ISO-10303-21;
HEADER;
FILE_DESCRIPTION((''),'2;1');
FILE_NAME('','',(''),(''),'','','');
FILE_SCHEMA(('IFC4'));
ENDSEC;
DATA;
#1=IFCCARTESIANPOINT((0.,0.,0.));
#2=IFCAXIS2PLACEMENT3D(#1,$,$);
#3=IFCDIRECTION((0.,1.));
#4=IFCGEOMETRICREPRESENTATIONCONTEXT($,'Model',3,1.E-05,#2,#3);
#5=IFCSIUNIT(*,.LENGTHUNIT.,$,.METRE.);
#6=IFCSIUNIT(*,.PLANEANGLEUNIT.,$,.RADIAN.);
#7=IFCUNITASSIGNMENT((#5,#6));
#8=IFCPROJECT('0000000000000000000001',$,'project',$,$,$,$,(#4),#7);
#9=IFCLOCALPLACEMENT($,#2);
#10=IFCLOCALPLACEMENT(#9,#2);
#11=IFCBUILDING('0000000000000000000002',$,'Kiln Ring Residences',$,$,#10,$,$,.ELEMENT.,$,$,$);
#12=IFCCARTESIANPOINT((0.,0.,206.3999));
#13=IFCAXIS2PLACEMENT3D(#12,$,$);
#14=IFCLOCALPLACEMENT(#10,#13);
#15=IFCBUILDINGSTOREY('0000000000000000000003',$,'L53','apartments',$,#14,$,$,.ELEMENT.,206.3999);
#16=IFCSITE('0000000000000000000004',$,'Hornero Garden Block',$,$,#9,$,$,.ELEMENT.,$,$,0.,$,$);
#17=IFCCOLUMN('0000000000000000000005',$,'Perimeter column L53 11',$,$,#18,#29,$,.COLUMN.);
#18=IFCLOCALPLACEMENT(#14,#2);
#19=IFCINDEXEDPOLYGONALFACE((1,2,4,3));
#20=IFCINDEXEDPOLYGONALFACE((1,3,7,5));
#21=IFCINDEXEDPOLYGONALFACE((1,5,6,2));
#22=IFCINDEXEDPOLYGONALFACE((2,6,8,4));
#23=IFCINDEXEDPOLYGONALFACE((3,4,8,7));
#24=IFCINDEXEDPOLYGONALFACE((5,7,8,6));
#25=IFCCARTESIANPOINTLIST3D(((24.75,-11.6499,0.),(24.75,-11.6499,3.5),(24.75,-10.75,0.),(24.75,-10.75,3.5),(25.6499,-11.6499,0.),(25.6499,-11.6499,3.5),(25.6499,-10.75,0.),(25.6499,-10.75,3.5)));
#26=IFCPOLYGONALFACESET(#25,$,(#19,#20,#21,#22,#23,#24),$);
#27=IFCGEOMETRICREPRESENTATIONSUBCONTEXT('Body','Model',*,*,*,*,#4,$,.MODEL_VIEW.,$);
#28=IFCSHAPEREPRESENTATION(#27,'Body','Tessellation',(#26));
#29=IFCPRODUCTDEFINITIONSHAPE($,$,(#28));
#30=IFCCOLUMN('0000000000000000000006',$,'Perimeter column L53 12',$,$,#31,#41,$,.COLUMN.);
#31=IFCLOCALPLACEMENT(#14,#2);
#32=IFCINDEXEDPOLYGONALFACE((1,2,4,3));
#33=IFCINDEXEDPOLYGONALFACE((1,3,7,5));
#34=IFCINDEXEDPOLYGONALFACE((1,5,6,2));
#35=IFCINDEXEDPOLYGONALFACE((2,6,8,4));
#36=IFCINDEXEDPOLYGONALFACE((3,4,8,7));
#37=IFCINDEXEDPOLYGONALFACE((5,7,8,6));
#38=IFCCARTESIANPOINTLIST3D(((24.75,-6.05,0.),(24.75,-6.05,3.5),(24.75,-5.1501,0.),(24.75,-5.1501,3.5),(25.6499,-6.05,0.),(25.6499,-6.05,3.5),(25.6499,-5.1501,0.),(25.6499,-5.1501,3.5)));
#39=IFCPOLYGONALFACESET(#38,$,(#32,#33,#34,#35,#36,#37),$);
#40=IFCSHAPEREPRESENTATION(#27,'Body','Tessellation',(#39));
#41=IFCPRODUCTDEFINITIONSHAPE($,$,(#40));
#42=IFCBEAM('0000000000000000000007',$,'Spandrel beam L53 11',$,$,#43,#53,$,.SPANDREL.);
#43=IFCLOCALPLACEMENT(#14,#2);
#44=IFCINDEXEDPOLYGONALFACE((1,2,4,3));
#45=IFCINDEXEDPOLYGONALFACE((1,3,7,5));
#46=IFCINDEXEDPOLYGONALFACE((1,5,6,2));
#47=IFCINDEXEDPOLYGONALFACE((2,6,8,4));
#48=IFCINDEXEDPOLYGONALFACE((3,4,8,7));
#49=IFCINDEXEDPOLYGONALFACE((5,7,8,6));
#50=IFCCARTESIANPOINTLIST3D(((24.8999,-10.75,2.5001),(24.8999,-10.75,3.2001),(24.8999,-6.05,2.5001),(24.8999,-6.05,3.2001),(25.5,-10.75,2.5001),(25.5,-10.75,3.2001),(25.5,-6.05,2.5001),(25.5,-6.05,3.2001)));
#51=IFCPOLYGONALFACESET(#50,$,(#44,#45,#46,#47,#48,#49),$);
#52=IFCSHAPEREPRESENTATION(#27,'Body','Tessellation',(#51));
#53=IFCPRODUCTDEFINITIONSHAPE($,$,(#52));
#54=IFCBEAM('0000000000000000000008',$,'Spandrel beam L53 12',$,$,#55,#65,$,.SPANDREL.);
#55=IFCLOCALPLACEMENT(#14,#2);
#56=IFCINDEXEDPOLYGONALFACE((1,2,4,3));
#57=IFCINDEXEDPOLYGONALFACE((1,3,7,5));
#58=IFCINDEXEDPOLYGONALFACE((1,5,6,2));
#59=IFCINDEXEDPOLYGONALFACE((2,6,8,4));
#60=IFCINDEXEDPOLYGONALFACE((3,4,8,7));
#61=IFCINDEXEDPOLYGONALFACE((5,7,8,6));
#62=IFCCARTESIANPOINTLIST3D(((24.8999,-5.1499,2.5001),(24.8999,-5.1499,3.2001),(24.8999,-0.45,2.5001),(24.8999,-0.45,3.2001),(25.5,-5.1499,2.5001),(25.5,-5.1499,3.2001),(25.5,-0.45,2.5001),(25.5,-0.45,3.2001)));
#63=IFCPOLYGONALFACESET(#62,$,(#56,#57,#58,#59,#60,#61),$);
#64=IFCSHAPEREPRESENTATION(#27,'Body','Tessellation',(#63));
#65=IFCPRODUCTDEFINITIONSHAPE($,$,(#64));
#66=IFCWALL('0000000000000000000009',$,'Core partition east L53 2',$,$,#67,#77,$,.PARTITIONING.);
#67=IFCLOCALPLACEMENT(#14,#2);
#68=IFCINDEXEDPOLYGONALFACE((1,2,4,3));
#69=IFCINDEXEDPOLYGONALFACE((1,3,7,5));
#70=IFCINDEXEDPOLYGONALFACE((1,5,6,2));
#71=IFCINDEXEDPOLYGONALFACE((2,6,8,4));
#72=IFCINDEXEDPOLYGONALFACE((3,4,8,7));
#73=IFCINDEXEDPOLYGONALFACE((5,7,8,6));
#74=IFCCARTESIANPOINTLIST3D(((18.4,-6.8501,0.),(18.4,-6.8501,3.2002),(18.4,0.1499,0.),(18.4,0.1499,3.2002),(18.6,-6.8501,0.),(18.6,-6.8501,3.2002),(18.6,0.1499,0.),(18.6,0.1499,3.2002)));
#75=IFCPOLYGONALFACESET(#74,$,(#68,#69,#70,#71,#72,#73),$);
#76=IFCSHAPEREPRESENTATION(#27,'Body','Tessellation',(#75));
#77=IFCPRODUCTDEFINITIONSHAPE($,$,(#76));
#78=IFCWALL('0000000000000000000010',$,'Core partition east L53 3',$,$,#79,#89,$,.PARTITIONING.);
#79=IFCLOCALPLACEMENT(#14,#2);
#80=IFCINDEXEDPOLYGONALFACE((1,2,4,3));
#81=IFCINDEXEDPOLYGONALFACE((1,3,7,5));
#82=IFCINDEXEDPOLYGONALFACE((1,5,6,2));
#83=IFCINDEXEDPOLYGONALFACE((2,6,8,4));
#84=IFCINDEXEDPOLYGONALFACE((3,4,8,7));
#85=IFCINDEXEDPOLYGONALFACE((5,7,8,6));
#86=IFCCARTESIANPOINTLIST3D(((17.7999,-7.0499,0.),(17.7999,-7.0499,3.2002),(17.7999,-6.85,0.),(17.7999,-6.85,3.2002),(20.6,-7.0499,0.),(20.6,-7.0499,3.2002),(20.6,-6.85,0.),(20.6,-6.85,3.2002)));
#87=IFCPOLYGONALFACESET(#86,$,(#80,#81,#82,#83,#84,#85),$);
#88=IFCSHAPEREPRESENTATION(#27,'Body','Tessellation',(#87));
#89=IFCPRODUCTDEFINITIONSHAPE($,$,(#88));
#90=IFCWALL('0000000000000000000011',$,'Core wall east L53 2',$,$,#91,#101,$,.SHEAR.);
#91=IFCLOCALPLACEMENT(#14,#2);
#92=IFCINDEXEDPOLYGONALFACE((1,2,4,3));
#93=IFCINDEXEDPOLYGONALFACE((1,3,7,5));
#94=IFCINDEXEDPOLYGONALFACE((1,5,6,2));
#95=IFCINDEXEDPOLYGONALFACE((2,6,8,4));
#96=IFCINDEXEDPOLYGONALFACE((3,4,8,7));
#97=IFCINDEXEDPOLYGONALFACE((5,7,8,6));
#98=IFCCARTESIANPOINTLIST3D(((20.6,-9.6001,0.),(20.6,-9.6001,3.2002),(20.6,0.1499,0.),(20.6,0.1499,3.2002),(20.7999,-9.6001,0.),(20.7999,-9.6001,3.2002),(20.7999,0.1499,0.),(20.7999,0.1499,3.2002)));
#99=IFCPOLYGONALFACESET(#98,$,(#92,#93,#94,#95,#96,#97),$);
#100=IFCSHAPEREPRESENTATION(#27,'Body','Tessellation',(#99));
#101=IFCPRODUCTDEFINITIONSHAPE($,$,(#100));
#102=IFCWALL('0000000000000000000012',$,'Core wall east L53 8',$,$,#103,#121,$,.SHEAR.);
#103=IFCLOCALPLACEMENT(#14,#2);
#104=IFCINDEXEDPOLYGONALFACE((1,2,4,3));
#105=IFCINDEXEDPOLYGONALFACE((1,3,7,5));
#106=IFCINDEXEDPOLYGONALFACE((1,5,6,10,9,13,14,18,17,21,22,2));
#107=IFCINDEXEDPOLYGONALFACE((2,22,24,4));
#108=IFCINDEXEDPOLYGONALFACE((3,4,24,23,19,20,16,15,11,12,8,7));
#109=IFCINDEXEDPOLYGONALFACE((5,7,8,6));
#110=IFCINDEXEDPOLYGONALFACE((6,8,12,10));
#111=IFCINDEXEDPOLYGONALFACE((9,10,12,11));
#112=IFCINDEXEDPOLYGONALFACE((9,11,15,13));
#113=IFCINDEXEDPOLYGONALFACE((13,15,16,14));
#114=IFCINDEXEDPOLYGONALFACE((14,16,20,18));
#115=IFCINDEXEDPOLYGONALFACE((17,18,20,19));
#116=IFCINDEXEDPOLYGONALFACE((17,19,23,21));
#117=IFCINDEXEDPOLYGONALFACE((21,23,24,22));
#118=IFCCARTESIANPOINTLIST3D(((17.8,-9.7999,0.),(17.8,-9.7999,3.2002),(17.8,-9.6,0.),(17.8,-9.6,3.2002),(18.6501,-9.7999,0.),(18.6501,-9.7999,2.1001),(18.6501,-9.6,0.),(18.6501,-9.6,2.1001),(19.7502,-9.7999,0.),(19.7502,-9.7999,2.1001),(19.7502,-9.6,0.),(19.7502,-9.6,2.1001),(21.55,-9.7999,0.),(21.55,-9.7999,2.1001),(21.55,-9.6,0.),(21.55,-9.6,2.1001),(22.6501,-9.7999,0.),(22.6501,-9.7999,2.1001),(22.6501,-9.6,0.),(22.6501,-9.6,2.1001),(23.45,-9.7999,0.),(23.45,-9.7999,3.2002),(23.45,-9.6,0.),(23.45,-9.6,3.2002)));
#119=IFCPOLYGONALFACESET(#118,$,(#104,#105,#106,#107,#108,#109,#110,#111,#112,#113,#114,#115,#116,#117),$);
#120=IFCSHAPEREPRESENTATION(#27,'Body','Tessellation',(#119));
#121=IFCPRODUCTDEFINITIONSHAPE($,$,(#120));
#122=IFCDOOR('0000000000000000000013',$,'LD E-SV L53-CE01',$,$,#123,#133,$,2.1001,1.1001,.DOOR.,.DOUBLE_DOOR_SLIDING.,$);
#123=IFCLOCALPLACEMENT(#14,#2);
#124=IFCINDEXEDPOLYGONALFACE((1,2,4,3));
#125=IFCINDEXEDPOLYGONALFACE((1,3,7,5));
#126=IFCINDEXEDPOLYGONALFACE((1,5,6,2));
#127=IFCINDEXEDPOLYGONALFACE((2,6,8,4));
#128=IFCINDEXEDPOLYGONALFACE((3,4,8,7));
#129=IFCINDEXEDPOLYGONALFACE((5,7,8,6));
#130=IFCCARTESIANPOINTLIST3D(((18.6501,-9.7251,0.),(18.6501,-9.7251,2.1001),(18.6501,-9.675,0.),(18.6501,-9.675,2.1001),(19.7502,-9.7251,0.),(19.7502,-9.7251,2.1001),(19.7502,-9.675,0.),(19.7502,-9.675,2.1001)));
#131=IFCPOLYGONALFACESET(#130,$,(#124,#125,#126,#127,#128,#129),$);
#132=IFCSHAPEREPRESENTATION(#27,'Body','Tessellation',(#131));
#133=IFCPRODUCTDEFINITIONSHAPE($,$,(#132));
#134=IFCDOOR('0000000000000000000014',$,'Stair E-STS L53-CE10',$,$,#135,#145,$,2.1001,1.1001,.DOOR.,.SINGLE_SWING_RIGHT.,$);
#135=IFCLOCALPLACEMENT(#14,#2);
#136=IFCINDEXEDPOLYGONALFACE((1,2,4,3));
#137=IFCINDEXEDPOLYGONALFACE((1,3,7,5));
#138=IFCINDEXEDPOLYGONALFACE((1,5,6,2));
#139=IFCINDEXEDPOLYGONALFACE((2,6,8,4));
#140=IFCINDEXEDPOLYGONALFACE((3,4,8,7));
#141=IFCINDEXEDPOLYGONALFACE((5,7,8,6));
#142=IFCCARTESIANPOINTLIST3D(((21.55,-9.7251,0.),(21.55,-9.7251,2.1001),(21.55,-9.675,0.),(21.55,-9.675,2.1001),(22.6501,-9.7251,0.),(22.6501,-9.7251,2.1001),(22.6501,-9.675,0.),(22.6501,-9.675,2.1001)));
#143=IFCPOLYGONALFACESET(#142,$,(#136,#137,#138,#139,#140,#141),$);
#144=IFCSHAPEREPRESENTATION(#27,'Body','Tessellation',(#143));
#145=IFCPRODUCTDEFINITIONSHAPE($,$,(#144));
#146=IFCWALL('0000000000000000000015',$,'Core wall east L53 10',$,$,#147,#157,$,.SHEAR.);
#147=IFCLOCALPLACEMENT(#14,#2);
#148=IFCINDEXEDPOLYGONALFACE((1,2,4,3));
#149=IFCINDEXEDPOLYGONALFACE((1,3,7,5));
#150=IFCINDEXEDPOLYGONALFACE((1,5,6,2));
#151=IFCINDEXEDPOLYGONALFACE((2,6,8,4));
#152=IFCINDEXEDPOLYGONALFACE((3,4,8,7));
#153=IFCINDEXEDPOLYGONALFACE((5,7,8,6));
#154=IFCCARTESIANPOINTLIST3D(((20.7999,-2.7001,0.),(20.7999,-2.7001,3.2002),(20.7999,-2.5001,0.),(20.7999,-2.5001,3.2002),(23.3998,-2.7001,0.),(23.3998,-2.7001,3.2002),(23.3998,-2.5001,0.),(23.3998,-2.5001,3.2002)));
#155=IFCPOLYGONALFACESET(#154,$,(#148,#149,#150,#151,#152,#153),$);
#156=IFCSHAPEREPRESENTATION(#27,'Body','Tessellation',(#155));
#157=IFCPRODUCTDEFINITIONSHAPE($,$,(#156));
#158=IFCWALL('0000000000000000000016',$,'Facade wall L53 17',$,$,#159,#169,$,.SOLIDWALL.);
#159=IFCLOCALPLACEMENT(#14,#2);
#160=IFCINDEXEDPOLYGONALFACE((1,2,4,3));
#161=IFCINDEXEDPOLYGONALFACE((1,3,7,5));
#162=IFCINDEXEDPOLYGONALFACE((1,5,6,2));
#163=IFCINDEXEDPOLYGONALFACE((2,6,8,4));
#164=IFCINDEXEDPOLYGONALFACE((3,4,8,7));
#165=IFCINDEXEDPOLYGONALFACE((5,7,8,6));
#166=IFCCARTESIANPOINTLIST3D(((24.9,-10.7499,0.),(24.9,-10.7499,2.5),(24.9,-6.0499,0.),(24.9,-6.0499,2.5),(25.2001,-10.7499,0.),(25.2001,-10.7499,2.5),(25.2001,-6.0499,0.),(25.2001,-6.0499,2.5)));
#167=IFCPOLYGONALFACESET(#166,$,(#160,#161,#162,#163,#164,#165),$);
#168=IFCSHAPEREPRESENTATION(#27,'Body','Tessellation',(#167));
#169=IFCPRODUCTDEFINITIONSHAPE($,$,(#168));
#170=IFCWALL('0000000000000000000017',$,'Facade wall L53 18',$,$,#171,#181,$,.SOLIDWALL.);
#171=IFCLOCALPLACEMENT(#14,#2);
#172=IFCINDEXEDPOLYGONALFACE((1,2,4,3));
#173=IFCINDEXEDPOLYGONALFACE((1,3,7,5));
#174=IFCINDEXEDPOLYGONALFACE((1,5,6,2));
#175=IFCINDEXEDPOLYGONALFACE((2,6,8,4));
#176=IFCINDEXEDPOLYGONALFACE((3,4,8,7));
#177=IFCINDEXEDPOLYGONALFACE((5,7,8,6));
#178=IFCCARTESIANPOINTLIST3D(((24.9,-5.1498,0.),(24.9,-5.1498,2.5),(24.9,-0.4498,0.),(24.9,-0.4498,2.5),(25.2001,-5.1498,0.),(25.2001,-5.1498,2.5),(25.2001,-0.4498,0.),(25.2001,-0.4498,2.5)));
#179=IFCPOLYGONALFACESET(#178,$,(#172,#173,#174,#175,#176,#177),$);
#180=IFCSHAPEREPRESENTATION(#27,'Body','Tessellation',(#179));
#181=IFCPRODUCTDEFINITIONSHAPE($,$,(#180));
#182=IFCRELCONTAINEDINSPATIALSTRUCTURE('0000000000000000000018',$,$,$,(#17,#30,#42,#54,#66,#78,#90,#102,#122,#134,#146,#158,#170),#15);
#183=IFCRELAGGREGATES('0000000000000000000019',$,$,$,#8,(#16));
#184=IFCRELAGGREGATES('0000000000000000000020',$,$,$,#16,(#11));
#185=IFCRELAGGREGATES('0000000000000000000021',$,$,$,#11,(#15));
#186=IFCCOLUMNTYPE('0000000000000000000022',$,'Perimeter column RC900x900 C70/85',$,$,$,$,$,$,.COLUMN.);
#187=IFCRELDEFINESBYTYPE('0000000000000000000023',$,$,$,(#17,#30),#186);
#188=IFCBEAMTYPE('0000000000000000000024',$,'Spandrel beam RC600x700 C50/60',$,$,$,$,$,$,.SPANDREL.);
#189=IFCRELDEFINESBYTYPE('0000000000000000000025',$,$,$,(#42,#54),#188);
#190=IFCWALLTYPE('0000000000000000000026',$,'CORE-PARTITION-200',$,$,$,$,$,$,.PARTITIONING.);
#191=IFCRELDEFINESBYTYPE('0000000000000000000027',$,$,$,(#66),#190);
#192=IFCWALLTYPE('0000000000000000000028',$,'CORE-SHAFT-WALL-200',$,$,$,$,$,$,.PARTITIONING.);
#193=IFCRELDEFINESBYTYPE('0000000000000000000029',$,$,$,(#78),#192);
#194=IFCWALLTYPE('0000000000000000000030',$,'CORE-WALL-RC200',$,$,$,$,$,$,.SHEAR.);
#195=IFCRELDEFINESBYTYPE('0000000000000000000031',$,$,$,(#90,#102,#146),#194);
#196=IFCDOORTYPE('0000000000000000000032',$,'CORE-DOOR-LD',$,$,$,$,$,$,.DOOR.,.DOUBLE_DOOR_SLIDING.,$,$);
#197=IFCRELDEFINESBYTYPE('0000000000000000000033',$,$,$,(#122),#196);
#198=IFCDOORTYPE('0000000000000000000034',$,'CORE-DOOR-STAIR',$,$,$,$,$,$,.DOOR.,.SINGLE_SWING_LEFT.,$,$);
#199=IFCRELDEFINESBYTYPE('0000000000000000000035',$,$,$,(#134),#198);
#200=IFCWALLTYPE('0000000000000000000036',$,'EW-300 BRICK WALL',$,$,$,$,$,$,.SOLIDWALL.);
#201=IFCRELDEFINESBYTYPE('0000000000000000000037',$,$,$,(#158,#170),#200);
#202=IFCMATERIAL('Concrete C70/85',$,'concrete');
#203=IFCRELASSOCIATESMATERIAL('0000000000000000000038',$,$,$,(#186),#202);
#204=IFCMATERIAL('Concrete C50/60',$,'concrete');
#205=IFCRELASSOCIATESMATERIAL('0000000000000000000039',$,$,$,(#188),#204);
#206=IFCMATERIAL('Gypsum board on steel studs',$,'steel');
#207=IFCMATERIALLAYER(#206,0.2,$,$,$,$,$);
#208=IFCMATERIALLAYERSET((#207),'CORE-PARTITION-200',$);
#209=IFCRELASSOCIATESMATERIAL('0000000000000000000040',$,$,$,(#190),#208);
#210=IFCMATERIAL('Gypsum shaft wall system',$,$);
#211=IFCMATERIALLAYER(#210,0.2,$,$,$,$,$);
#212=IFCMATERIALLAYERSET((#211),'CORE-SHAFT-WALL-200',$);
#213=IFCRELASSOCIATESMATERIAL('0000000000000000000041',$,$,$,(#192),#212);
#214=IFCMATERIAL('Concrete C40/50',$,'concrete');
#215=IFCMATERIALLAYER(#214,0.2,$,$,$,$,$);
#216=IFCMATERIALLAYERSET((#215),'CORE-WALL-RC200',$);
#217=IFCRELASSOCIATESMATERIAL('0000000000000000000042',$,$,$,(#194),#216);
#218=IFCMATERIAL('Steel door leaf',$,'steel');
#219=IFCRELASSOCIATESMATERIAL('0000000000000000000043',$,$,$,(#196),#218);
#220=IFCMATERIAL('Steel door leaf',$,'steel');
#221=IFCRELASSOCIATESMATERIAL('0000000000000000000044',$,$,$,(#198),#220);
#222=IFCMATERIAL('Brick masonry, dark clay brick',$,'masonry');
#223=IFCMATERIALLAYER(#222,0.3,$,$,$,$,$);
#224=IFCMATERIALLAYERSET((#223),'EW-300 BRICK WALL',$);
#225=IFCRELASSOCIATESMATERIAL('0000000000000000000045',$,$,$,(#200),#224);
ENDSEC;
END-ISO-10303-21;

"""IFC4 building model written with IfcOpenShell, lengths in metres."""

from ifc_helpers import new_model, si_unit, direction, frame, frame_2d, origin, origin_2d, place, context, subcontext, project, spatial, rectangle, extrude, material, layer, layer_set, material_profile, profile_set, type_object, element, fill, save


model = new_model("IFC4")

# Units and contexts
model_context = context("Model", 3, precision=1e-05, world=origin(), true_north=direction((0.0, 1.0)))
body_context = subcontext(model_context, "Body", "Model", "MODEL_VIEW")
ifc_project = project(units=[si_unit("LENGTHUNIT", "METRE"), si_unit("PLANEANGLEUNIT", "RADIAN")], contexts=[model_context])

# Site, building, storey
site_placement = place(None, origin())
site = spatial("IfcSite", under=ifc_project, at=site_placement, Name="Hornero Garden Block", CompositionType="ELEMENT", RefElevation=0.0)
building_placement = place(site_placement, origin())
building = spatial("IfcBuilding", under=site, at=building_placement, Name="Kiln Ring Residences", CompositionType="ELEMENT")
storey_placement = place(building_placement, frame((0.0, 0.0, 206.3999)))
storey = spatial("IfcBuildingStorey", under=building, at=storey_placement, Name="L53", Description="apartments", CompositionType="ELEMENT", Elevation=206.3999)

# Columns
ifc_material_1 = material(Name="Concrete C70/85", Category="concrete")
ifc_material_profile_1 = material_profile(ifc_material_1, rectangle(XDim=0.8999, YDim=0.8999, at=origin_2d()), Name="RC900x900")
ifc_profile_set_1 = profile_set([ifc_material_profile_1], Name="Concrete C70/85")
column_type = type_object("IfcColumnType", Name="Perimeter column RC900x900 C70/85", PredefinedType="COLUMN", material=ifc_profile_set_1)
for number, where, z_axis, x_axis, name in (
    (1, (25.2, -11.2, 0.0), (0.0, 0.0, 1.0), (1.0, 0.0, 0.0), "Perimeter column L53 11"),
    (2, (25.2, -5.6001, 0.0), (0.0, 0.0, 1.0), (1.0, 0.0, 0.0), "Perimeter column L53 12"),
):
    element("IfcColumn", number, at=place(storey_placement, frame(where, z_axis=z_axis, x_axis=x_axis)), inside=storey, type_object=column_type, Name=name, PredefinedType="COLUMN", context=body_context, shape_type="SweptSolid", body=[
        extrude(rectangle(XDim=0.8999, YDim=0.8999, at=origin_2d()), origin(), (0.0, 0.0, 1.0), 3.5),
    ])

# Beams
ifc_material_2 = material(Name="Concrete C50/60", Category="concrete")
ifc_material_profile_2 = material_profile(ifc_material_2, rectangle(XDim=0.6001, YDim=0.7, at=origin_2d()), Name="RC600x700")
ifc_profile_set_2 = profile_set([ifc_material_profile_2], Name="Concrete C50/60")
beam_type = type_object("IfcBeamType", Name="Spandrel beam RC600x700 C50/60", PredefinedType="SPANDREL", material=ifc_profile_set_2)
for number, where, z_axis, x_axis, name in (
    (3, (25.2, -10.75, 2.8501), (0.0, 1.0, 0.0), (-1.0, 0.0, 0.0), "Spandrel beam L53 11"),
    (4, (25.2, -5.1499, 2.8501), (0.0, 1.0, 0.0), (-1.0, 0.0, 0.0), "Spandrel beam L53 12"),
):
    element("IfcBeam", number, at=place(storey_placement, frame(where, z_axis=z_axis, x_axis=x_axis)), inside=storey, type_object=beam_type, Name=name, PredefinedType="SPANDREL", context=body_context, shape_type="SweptSolid", body=[
        extrude(rectangle(XDim=0.6001, YDim=0.7, at=origin_2d()), origin(), (0.0, 0.0, 1.0), 4.7),
    ])

# Walls
ifc_material_3 = material(Name="Gypsum board on steel studs", Category="steel")
ifc_layer_1 = layer(ifc_material_3, 0.2)
ifc_layer_set_1 = layer_set([ifc_layer_1], Name="CORE-PARTITION-200")
wall_type_1 = type_object("IfcWallType", Name="CORE-PARTITION-200", PredefinedType="PARTITIONING", material=ifc_layer_set_1)
wall_1_placement = place(storey_placement, frame((18.5, -6.8501, 0.0), z_axis=(0.0, 0.0, 1.0), x_axis=(0.0, 1.0, 0.0)))
element("IfcWall", 5, at=wall_1_placement, inside=storey, type_object=wall_type_1, Name="Core partition east L53 2", PredefinedType="PARTITIONING", context=body_context, shape_type="SweptSolid", body=[
    extrude(rectangle(XDim=7.0, YDim=0.2, at=frame_2d((3.5, 0.0))), origin(), (0.0, 0.0, 1.0), 3.2002),
])
ifc_material_4 = material(Name="Gypsum shaft wall system")
ifc_layer_2 = layer(ifc_material_4, 0.2)
ifc_layer_set_2 = layer_set([ifc_layer_2], Name="CORE-SHAFT-WALL-200")
wall_type_2 = type_object("IfcWallType", Name="CORE-SHAFT-WALL-200", PredefinedType="PARTITIONING", material=ifc_layer_set_2)
wall_2_placement = place(storey_placement, frame((17.8, -6.95, 0.0), z_axis=(0.0, 0.0, 1.0), x_axis=(1.0, 0.0, 0.0)))
element("IfcWall", 6, at=wall_2_placement, inside=storey, type_object=wall_type_2, Name="Core partition east L53 3", PredefinedType="PARTITIONING", context=body_context, shape_type="SweptSolid", body=[
    extrude(rectangle(XDim=2.8, YDim=0.2, at=frame_2d((1.3999, 0.0))), origin(), (0.0, 0.0, 1.0), 3.2002),
])
ifc_material_5 = material(Name="Concrete C40/50", Category="concrete")
ifc_layer_3 = layer(ifc_material_5, 0.2)
ifc_layer_set_3 = layer_set([ifc_layer_3], Name="CORE-WALL-RC200")
wall_type_3 = type_object("IfcWallType", Name="CORE-WALL-RC200", PredefinedType="SHEAR", material=ifc_layer_set_3)
wall_3_placement = place(storey_placement, frame((20.7, -9.6001, 0.0), z_axis=(0.0, 0.0, 1.0), x_axis=(0.0, 1.0, 0.0)))
element("IfcWall", 7, at=wall_3_placement, inside=storey, type_object=wall_type_3, Name="Core wall east L53 2", PredefinedType="SHEAR", context=body_context, shape_type="SweptSolid", body=[
    extrude(rectangle(XDim=9.75, YDim=0.2, at=frame_2d((4.875, 0.0))), origin(), (0.0, 0.0, 1.0), 3.2002),
])

# Wall, openings, doors
wall_4_placement = place(storey_placement, frame((17.8, -9.7, 0.0), z_axis=(0.0, 0.0, 1.0), x_axis=(1.0, 0.0, 0.0)))
wall_4 = element("IfcWall", 8, at=wall_4_placement, inside=storey, type_object=wall_type_3, Name="Core wall east L53 8", PredefinedType="SHEAR", context=body_context, shape_type="SweptSolid", body=[
    extrude(rectangle(XDim=5.6499, YDim=0.2, at=frame_2d((2.825, 0.0))), origin(), (0.0, 0.0, 1.0), 3.2002),
])
opening_1_placement = place(wall_4_placement, frame((0.8501, 0.0, 0.0)))
opening_1 = element("IfcOpeningElement", 9, at=opening_1_placement, cuts=wall_4, PredefinedType="OPENING", context=body_context, shape_type="SweptSolid", body=[
    extrude(rectangle(XDim=1.1001, YDim=2.1001, at=frame_2d((0.55, 1.05))), frame((0.0, 0.1099, 0.0), z_axis=(0.0, -1.0, 0.0), x_axis=(1.0, 0.0, 0.0)), (0.0, 0.0, 1.0), 0.22),
])
opening_2_placement = place(wall_4_placement, frame((3.75, 0.0, 0.0)))
opening_2 = element("IfcOpeningElement", 10, at=opening_2_placement, cuts=wall_4, PredefinedType="OPENING", context=body_context, shape_type="SweptSolid", body=[
    extrude(rectangle(XDim=1.1001, YDim=2.1001, at=frame_2d((0.55, 1.05))), frame((0.0, 0.1099, 0.0), z_axis=(0.0, -1.0, 0.0), x_axis=(1.0, 0.0, 0.0)), (0.0, 0.0, 1.0), 0.22),
])
ifc_material_6 = material(Name="Steel door leaf", Category="steel")
door_type_1 = type_object("IfcDoorType", Name="CORE-DOOR-LD", OperationType="DOUBLE_DOOR_SLIDING", PredefinedType="DOOR", material=ifc_material_6)
door_1_placement = place(opening_1_placement, origin())
door_1 = element("IfcDoor", 11, at=door_1_placement, inside=storey, type_object=door_type_1, Name="LD E-SV L53-CE01", OperationType="DOUBLE_DOOR_SLIDING", OverallHeight=2.1001, OverallWidth=1.1001, PredefinedType="DOOR", context=body_context, shape_type="SweptSolid", body=[
    extrude(rectangle(XDim=1.1001, YDim=2.1001, at=frame_2d((0.55, 1.05))), frame((0.0, 0.0249, 0.0), z_axis=(0.0, -1.0, 0.0), x_axis=(1.0, 0.0, 0.0)), (0.0, 0.0, 1.0), 0.05),
])
fill(opening_1, door_1)
ifc_material_7 = material(Name="Steel door leaf", Category="steel")
door_type_2 = type_object("IfcDoorType", Name="CORE-DOOR-STAIR", OperationType="SINGLE_SWING_LEFT", PredefinedType="DOOR", material=ifc_material_7)
door_2_placement = place(opening_2_placement, origin())
door_2 = element("IfcDoor", 12, at=door_2_placement, inside=storey, type_object=door_type_2, Name="Stair E-STS L53-CE10", OperationType="SINGLE_SWING_RIGHT", OverallHeight=2.1001, OverallWidth=1.1001, PredefinedType="DOOR", context=body_context, shape_type="SweptSolid", body=[
    extrude(rectangle(XDim=1.1001, YDim=2.1001, at=frame_2d((0.55, 1.05))), frame((0.0, 0.0249, 0.0), z_axis=(0.0, -1.0, 0.0), x_axis=(1.0, 0.0, 0.0)), (0.0, 0.0, 1.0), 0.05),
])
fill(opening_2, door_2)

# Walls
wall_5_placement = place(storey_placement, frame((20.8, -2.6001, 0.0), z_axis=(0.0, 0.0, 1.0), x_axis=(1.0, 0.0, 0.0)))
element("IfcWall", 13, at=wall_5_placement, inside=storey, type_object=wall_type_3, Name="Core wall east L53 10", PredefinedType="SHEAR", context=body_context, shape_type="SweptSolid", body=[
    extrude(rectangle(XDim=2.5999, YDim=0.2, at=frame_2d((1.2998, 0.0))), origin(), (0.0, 0.0, 1.0), 3.2002),
])
ifc_material_8 = material(Name="Brick masonry, dark clay brick", Category="masonry")
ifc_layer_4 = layer(ifc_material_8, 0.3)
ifc_layer_set_4 = layer_set([ifc_layer_4], Name="EW-300 BRICK WALL")
wall_type_4 = type_object("IfcWallType", Name="EW-300 BRICK WALL", PredefinedType="SOLIDWALL", material=ifc_layer_set_4)
for number, where, z_axis, x_axis, name in (
    (14, (25.05, -10.75, 0.0), (0.0, 0.0, 1.0), (0.0, 1.0, 0.0), "Facade wall L53 17"),
    (15, (25.05, -5.1499, 0.0), (0.0, 0.0, 1.0), (0.0, 1.0, 0.0), "Facade wall L53 18"),
):
    element("IfcWall", number, at=place(storey_placement, frame(where, z_axis=z_axis, x_axis=x_axis)), inside=storey, type_object=wall_type_4, Name=name, PredefinedType="SOLIDWALL", context=body_context, shape_type="SweptSolid", body=[
        extrude(rectangle(XDim=4.7, YDim=0.3, at=frame_2d((2.3501, 0.0))), origin(), (0.0, 0.0, 1.0), 2.5),
    ])

save(model, "model.ifc")
